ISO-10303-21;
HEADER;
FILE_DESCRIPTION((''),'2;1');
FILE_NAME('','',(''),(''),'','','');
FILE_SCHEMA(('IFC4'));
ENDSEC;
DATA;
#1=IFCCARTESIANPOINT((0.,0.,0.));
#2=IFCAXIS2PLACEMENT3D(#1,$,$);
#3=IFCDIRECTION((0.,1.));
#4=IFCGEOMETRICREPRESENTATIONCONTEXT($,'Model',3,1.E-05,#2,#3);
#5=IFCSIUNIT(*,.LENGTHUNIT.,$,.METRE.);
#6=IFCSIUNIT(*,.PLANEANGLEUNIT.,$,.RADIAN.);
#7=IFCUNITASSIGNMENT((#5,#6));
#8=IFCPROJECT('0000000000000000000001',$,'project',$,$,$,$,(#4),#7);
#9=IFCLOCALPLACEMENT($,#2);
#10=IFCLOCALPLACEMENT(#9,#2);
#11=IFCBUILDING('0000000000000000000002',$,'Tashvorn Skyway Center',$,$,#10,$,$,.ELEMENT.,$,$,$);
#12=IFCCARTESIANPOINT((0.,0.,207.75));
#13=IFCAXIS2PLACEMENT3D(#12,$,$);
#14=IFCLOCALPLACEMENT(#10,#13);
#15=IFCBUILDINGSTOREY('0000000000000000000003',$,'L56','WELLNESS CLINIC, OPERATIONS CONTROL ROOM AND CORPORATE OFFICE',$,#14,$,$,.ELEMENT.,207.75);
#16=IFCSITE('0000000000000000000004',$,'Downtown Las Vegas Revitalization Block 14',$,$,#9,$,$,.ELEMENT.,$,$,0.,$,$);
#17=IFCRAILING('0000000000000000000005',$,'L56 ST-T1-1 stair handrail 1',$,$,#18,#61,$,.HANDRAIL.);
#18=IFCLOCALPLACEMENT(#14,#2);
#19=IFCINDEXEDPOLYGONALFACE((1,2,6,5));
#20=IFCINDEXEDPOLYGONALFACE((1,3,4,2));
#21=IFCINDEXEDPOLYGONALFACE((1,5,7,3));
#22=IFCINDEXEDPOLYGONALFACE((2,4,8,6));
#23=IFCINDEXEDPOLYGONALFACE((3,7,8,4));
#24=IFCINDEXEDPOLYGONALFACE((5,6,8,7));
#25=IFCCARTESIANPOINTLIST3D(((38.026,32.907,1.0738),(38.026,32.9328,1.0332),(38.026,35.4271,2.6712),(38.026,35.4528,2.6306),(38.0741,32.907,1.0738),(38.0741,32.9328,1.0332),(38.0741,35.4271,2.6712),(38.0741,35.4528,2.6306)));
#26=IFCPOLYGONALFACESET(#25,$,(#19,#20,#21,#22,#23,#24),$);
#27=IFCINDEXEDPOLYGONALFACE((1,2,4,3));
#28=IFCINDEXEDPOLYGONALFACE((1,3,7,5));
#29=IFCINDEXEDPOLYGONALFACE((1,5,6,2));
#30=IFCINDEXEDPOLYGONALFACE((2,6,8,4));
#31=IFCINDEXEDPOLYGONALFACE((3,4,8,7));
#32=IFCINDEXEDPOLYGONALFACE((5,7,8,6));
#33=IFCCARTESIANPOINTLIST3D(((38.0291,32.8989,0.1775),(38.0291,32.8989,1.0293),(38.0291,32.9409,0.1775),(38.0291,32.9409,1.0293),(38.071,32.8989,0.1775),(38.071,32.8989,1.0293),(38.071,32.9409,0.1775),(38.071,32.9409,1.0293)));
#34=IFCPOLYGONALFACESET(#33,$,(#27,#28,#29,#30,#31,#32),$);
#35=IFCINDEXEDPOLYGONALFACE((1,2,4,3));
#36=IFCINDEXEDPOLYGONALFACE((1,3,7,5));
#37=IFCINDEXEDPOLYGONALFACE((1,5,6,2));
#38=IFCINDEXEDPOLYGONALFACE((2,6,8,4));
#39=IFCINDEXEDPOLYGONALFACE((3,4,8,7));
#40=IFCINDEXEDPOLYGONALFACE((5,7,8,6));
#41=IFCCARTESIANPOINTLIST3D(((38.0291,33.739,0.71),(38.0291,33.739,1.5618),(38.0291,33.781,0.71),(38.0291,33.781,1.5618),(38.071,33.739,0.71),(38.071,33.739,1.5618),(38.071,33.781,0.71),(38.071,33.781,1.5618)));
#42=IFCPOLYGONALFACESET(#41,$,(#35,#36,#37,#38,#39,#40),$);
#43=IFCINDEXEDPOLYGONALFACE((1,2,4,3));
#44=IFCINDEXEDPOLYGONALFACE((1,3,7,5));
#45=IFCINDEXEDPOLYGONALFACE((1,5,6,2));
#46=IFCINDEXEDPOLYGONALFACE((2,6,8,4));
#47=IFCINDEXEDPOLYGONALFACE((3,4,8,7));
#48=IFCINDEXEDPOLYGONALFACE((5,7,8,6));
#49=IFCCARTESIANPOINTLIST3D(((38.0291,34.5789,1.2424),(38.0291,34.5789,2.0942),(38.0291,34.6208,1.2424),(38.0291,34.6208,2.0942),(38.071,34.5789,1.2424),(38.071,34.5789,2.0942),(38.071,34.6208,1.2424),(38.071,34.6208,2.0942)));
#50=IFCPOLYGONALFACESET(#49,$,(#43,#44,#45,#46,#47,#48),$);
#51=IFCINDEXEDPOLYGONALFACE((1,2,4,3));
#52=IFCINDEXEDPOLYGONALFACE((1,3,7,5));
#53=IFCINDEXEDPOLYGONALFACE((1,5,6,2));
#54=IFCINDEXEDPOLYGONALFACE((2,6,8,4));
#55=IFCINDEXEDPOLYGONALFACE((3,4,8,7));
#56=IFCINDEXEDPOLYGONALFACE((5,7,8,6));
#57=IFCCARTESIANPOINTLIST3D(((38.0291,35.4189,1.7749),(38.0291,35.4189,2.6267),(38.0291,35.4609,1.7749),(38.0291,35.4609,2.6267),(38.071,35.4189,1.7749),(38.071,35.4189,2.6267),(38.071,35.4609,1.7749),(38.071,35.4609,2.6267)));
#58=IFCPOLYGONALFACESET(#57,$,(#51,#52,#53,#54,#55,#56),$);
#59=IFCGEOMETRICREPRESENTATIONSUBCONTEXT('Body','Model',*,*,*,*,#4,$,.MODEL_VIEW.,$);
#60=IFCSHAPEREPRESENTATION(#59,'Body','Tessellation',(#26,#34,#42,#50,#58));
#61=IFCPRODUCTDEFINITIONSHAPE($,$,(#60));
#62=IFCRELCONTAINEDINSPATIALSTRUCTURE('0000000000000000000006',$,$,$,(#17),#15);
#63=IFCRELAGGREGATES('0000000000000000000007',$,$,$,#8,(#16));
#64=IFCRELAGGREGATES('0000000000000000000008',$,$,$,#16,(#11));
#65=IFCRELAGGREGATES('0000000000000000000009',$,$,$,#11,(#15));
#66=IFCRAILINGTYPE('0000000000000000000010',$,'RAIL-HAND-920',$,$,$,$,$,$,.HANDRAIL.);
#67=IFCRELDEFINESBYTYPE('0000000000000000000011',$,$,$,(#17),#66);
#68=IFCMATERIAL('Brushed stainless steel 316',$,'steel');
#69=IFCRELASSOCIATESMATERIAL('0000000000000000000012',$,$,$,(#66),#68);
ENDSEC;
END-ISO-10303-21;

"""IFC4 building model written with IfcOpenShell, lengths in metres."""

from ifc_helpers import new_model, si_unit, direction, frame, origin, origin_2d, place, context, subcontext, project, spatial, rectangle, extrude, material, type_object, element, save


model = new_model("IFC4")

# Units and contexts
model_context = context("Model", 3, precision=1e-05, world=origin(), true_north=direction((0.0, 1.0)))
body_context = subcontext(model_context, "Body", "Model", "MODEL_VIEW")
ifc_project = project(units=[si_unit("LENGTHUNIT", "METRE"), si_unit("PLANEANGLEUNIT", "RADIAN")], contexts=[model_context])

# Site, building, storey
site_placement = place(None, origin())
site = spatial("IfcSite", under=ifc_project, at=site_placement, Name="Downtown Las Vegas Revitalization Block 14", CompositionType="ELEMENT", RefElevation=0.0)
building_placement = place(site_placement, origin())
building = spatial("IfcBuilding", under=site, at=building_placement, Name="Tashvorn Skyway Center", CompositionType="ELEMENT")
storey_placement = place(building_placement, frame((0.0, 0.0, 207.75)))
storey = spatial("IfcBuildingStorey", under=building, at=storey_placement, Name="L56", Description="WELLNESS CLINIC, OPERATIONS CONTROL ROOM AND CORPORATE OFFICE", CompositionType="ELEMENT", Elevation=207.75)

# Railing
ifc_material_1 = material(Name="Brushed stainless steel 316", Category="steel")
railing_type = type_object("IfcRailingType", Name="RAIL-HAND-920", PredefinedType="HANDRAIL", material=ifc_material_1)
railing_placement = place(storey_placement, frame((38.05, 32.9199, 0.1775)))
element("IfcRailing", 1, at=railing_placement, inside=storey, type_object=railing_type, Name="L56 ST-T1-1 stair handrail 1", PredefinedType="HANDRAIL", context=body_context, shape_type="SweptSolid", body=[
    extrude(rectangle(XDim=0.0481, YDim=0.0481, at=origin_2d()), frame((0.0, 0.0, 0.876), z_axis=(0.0, 0.844607, 0.535387), x_axis=(-1.0, 0.0, 0.0)), (0.0, 0.0, 1.0), 2.9836),
    extrude(rectangle(XDim=0.042, YDim=0.042, at=origin_2d()), origin(), (0.0, 0.0, 1.0), 0.8518),
    extrude(rectangle(XDim=0.042, YDim=0.042, at=origin_2d()), frame((0.0, 0.8401, 0.5325)), (0.0, 0.0, 1.0), 0.8518),
    extrude(rectangle(XDim=0.042, YDim=0.042, at=origin_2d()), frame((0.0, 1.6799, 1.0649)), (0.0, 0.0, 1.0), 0.8518),
    extrude(rectangle(XDim=0.042, YDim=0.042, at=origin_2d()), frame((0.0, 2.52, 1.5974)), (0.0, 0.0, 1.0), 0.8518),
])

save(model, "model.ifc")
